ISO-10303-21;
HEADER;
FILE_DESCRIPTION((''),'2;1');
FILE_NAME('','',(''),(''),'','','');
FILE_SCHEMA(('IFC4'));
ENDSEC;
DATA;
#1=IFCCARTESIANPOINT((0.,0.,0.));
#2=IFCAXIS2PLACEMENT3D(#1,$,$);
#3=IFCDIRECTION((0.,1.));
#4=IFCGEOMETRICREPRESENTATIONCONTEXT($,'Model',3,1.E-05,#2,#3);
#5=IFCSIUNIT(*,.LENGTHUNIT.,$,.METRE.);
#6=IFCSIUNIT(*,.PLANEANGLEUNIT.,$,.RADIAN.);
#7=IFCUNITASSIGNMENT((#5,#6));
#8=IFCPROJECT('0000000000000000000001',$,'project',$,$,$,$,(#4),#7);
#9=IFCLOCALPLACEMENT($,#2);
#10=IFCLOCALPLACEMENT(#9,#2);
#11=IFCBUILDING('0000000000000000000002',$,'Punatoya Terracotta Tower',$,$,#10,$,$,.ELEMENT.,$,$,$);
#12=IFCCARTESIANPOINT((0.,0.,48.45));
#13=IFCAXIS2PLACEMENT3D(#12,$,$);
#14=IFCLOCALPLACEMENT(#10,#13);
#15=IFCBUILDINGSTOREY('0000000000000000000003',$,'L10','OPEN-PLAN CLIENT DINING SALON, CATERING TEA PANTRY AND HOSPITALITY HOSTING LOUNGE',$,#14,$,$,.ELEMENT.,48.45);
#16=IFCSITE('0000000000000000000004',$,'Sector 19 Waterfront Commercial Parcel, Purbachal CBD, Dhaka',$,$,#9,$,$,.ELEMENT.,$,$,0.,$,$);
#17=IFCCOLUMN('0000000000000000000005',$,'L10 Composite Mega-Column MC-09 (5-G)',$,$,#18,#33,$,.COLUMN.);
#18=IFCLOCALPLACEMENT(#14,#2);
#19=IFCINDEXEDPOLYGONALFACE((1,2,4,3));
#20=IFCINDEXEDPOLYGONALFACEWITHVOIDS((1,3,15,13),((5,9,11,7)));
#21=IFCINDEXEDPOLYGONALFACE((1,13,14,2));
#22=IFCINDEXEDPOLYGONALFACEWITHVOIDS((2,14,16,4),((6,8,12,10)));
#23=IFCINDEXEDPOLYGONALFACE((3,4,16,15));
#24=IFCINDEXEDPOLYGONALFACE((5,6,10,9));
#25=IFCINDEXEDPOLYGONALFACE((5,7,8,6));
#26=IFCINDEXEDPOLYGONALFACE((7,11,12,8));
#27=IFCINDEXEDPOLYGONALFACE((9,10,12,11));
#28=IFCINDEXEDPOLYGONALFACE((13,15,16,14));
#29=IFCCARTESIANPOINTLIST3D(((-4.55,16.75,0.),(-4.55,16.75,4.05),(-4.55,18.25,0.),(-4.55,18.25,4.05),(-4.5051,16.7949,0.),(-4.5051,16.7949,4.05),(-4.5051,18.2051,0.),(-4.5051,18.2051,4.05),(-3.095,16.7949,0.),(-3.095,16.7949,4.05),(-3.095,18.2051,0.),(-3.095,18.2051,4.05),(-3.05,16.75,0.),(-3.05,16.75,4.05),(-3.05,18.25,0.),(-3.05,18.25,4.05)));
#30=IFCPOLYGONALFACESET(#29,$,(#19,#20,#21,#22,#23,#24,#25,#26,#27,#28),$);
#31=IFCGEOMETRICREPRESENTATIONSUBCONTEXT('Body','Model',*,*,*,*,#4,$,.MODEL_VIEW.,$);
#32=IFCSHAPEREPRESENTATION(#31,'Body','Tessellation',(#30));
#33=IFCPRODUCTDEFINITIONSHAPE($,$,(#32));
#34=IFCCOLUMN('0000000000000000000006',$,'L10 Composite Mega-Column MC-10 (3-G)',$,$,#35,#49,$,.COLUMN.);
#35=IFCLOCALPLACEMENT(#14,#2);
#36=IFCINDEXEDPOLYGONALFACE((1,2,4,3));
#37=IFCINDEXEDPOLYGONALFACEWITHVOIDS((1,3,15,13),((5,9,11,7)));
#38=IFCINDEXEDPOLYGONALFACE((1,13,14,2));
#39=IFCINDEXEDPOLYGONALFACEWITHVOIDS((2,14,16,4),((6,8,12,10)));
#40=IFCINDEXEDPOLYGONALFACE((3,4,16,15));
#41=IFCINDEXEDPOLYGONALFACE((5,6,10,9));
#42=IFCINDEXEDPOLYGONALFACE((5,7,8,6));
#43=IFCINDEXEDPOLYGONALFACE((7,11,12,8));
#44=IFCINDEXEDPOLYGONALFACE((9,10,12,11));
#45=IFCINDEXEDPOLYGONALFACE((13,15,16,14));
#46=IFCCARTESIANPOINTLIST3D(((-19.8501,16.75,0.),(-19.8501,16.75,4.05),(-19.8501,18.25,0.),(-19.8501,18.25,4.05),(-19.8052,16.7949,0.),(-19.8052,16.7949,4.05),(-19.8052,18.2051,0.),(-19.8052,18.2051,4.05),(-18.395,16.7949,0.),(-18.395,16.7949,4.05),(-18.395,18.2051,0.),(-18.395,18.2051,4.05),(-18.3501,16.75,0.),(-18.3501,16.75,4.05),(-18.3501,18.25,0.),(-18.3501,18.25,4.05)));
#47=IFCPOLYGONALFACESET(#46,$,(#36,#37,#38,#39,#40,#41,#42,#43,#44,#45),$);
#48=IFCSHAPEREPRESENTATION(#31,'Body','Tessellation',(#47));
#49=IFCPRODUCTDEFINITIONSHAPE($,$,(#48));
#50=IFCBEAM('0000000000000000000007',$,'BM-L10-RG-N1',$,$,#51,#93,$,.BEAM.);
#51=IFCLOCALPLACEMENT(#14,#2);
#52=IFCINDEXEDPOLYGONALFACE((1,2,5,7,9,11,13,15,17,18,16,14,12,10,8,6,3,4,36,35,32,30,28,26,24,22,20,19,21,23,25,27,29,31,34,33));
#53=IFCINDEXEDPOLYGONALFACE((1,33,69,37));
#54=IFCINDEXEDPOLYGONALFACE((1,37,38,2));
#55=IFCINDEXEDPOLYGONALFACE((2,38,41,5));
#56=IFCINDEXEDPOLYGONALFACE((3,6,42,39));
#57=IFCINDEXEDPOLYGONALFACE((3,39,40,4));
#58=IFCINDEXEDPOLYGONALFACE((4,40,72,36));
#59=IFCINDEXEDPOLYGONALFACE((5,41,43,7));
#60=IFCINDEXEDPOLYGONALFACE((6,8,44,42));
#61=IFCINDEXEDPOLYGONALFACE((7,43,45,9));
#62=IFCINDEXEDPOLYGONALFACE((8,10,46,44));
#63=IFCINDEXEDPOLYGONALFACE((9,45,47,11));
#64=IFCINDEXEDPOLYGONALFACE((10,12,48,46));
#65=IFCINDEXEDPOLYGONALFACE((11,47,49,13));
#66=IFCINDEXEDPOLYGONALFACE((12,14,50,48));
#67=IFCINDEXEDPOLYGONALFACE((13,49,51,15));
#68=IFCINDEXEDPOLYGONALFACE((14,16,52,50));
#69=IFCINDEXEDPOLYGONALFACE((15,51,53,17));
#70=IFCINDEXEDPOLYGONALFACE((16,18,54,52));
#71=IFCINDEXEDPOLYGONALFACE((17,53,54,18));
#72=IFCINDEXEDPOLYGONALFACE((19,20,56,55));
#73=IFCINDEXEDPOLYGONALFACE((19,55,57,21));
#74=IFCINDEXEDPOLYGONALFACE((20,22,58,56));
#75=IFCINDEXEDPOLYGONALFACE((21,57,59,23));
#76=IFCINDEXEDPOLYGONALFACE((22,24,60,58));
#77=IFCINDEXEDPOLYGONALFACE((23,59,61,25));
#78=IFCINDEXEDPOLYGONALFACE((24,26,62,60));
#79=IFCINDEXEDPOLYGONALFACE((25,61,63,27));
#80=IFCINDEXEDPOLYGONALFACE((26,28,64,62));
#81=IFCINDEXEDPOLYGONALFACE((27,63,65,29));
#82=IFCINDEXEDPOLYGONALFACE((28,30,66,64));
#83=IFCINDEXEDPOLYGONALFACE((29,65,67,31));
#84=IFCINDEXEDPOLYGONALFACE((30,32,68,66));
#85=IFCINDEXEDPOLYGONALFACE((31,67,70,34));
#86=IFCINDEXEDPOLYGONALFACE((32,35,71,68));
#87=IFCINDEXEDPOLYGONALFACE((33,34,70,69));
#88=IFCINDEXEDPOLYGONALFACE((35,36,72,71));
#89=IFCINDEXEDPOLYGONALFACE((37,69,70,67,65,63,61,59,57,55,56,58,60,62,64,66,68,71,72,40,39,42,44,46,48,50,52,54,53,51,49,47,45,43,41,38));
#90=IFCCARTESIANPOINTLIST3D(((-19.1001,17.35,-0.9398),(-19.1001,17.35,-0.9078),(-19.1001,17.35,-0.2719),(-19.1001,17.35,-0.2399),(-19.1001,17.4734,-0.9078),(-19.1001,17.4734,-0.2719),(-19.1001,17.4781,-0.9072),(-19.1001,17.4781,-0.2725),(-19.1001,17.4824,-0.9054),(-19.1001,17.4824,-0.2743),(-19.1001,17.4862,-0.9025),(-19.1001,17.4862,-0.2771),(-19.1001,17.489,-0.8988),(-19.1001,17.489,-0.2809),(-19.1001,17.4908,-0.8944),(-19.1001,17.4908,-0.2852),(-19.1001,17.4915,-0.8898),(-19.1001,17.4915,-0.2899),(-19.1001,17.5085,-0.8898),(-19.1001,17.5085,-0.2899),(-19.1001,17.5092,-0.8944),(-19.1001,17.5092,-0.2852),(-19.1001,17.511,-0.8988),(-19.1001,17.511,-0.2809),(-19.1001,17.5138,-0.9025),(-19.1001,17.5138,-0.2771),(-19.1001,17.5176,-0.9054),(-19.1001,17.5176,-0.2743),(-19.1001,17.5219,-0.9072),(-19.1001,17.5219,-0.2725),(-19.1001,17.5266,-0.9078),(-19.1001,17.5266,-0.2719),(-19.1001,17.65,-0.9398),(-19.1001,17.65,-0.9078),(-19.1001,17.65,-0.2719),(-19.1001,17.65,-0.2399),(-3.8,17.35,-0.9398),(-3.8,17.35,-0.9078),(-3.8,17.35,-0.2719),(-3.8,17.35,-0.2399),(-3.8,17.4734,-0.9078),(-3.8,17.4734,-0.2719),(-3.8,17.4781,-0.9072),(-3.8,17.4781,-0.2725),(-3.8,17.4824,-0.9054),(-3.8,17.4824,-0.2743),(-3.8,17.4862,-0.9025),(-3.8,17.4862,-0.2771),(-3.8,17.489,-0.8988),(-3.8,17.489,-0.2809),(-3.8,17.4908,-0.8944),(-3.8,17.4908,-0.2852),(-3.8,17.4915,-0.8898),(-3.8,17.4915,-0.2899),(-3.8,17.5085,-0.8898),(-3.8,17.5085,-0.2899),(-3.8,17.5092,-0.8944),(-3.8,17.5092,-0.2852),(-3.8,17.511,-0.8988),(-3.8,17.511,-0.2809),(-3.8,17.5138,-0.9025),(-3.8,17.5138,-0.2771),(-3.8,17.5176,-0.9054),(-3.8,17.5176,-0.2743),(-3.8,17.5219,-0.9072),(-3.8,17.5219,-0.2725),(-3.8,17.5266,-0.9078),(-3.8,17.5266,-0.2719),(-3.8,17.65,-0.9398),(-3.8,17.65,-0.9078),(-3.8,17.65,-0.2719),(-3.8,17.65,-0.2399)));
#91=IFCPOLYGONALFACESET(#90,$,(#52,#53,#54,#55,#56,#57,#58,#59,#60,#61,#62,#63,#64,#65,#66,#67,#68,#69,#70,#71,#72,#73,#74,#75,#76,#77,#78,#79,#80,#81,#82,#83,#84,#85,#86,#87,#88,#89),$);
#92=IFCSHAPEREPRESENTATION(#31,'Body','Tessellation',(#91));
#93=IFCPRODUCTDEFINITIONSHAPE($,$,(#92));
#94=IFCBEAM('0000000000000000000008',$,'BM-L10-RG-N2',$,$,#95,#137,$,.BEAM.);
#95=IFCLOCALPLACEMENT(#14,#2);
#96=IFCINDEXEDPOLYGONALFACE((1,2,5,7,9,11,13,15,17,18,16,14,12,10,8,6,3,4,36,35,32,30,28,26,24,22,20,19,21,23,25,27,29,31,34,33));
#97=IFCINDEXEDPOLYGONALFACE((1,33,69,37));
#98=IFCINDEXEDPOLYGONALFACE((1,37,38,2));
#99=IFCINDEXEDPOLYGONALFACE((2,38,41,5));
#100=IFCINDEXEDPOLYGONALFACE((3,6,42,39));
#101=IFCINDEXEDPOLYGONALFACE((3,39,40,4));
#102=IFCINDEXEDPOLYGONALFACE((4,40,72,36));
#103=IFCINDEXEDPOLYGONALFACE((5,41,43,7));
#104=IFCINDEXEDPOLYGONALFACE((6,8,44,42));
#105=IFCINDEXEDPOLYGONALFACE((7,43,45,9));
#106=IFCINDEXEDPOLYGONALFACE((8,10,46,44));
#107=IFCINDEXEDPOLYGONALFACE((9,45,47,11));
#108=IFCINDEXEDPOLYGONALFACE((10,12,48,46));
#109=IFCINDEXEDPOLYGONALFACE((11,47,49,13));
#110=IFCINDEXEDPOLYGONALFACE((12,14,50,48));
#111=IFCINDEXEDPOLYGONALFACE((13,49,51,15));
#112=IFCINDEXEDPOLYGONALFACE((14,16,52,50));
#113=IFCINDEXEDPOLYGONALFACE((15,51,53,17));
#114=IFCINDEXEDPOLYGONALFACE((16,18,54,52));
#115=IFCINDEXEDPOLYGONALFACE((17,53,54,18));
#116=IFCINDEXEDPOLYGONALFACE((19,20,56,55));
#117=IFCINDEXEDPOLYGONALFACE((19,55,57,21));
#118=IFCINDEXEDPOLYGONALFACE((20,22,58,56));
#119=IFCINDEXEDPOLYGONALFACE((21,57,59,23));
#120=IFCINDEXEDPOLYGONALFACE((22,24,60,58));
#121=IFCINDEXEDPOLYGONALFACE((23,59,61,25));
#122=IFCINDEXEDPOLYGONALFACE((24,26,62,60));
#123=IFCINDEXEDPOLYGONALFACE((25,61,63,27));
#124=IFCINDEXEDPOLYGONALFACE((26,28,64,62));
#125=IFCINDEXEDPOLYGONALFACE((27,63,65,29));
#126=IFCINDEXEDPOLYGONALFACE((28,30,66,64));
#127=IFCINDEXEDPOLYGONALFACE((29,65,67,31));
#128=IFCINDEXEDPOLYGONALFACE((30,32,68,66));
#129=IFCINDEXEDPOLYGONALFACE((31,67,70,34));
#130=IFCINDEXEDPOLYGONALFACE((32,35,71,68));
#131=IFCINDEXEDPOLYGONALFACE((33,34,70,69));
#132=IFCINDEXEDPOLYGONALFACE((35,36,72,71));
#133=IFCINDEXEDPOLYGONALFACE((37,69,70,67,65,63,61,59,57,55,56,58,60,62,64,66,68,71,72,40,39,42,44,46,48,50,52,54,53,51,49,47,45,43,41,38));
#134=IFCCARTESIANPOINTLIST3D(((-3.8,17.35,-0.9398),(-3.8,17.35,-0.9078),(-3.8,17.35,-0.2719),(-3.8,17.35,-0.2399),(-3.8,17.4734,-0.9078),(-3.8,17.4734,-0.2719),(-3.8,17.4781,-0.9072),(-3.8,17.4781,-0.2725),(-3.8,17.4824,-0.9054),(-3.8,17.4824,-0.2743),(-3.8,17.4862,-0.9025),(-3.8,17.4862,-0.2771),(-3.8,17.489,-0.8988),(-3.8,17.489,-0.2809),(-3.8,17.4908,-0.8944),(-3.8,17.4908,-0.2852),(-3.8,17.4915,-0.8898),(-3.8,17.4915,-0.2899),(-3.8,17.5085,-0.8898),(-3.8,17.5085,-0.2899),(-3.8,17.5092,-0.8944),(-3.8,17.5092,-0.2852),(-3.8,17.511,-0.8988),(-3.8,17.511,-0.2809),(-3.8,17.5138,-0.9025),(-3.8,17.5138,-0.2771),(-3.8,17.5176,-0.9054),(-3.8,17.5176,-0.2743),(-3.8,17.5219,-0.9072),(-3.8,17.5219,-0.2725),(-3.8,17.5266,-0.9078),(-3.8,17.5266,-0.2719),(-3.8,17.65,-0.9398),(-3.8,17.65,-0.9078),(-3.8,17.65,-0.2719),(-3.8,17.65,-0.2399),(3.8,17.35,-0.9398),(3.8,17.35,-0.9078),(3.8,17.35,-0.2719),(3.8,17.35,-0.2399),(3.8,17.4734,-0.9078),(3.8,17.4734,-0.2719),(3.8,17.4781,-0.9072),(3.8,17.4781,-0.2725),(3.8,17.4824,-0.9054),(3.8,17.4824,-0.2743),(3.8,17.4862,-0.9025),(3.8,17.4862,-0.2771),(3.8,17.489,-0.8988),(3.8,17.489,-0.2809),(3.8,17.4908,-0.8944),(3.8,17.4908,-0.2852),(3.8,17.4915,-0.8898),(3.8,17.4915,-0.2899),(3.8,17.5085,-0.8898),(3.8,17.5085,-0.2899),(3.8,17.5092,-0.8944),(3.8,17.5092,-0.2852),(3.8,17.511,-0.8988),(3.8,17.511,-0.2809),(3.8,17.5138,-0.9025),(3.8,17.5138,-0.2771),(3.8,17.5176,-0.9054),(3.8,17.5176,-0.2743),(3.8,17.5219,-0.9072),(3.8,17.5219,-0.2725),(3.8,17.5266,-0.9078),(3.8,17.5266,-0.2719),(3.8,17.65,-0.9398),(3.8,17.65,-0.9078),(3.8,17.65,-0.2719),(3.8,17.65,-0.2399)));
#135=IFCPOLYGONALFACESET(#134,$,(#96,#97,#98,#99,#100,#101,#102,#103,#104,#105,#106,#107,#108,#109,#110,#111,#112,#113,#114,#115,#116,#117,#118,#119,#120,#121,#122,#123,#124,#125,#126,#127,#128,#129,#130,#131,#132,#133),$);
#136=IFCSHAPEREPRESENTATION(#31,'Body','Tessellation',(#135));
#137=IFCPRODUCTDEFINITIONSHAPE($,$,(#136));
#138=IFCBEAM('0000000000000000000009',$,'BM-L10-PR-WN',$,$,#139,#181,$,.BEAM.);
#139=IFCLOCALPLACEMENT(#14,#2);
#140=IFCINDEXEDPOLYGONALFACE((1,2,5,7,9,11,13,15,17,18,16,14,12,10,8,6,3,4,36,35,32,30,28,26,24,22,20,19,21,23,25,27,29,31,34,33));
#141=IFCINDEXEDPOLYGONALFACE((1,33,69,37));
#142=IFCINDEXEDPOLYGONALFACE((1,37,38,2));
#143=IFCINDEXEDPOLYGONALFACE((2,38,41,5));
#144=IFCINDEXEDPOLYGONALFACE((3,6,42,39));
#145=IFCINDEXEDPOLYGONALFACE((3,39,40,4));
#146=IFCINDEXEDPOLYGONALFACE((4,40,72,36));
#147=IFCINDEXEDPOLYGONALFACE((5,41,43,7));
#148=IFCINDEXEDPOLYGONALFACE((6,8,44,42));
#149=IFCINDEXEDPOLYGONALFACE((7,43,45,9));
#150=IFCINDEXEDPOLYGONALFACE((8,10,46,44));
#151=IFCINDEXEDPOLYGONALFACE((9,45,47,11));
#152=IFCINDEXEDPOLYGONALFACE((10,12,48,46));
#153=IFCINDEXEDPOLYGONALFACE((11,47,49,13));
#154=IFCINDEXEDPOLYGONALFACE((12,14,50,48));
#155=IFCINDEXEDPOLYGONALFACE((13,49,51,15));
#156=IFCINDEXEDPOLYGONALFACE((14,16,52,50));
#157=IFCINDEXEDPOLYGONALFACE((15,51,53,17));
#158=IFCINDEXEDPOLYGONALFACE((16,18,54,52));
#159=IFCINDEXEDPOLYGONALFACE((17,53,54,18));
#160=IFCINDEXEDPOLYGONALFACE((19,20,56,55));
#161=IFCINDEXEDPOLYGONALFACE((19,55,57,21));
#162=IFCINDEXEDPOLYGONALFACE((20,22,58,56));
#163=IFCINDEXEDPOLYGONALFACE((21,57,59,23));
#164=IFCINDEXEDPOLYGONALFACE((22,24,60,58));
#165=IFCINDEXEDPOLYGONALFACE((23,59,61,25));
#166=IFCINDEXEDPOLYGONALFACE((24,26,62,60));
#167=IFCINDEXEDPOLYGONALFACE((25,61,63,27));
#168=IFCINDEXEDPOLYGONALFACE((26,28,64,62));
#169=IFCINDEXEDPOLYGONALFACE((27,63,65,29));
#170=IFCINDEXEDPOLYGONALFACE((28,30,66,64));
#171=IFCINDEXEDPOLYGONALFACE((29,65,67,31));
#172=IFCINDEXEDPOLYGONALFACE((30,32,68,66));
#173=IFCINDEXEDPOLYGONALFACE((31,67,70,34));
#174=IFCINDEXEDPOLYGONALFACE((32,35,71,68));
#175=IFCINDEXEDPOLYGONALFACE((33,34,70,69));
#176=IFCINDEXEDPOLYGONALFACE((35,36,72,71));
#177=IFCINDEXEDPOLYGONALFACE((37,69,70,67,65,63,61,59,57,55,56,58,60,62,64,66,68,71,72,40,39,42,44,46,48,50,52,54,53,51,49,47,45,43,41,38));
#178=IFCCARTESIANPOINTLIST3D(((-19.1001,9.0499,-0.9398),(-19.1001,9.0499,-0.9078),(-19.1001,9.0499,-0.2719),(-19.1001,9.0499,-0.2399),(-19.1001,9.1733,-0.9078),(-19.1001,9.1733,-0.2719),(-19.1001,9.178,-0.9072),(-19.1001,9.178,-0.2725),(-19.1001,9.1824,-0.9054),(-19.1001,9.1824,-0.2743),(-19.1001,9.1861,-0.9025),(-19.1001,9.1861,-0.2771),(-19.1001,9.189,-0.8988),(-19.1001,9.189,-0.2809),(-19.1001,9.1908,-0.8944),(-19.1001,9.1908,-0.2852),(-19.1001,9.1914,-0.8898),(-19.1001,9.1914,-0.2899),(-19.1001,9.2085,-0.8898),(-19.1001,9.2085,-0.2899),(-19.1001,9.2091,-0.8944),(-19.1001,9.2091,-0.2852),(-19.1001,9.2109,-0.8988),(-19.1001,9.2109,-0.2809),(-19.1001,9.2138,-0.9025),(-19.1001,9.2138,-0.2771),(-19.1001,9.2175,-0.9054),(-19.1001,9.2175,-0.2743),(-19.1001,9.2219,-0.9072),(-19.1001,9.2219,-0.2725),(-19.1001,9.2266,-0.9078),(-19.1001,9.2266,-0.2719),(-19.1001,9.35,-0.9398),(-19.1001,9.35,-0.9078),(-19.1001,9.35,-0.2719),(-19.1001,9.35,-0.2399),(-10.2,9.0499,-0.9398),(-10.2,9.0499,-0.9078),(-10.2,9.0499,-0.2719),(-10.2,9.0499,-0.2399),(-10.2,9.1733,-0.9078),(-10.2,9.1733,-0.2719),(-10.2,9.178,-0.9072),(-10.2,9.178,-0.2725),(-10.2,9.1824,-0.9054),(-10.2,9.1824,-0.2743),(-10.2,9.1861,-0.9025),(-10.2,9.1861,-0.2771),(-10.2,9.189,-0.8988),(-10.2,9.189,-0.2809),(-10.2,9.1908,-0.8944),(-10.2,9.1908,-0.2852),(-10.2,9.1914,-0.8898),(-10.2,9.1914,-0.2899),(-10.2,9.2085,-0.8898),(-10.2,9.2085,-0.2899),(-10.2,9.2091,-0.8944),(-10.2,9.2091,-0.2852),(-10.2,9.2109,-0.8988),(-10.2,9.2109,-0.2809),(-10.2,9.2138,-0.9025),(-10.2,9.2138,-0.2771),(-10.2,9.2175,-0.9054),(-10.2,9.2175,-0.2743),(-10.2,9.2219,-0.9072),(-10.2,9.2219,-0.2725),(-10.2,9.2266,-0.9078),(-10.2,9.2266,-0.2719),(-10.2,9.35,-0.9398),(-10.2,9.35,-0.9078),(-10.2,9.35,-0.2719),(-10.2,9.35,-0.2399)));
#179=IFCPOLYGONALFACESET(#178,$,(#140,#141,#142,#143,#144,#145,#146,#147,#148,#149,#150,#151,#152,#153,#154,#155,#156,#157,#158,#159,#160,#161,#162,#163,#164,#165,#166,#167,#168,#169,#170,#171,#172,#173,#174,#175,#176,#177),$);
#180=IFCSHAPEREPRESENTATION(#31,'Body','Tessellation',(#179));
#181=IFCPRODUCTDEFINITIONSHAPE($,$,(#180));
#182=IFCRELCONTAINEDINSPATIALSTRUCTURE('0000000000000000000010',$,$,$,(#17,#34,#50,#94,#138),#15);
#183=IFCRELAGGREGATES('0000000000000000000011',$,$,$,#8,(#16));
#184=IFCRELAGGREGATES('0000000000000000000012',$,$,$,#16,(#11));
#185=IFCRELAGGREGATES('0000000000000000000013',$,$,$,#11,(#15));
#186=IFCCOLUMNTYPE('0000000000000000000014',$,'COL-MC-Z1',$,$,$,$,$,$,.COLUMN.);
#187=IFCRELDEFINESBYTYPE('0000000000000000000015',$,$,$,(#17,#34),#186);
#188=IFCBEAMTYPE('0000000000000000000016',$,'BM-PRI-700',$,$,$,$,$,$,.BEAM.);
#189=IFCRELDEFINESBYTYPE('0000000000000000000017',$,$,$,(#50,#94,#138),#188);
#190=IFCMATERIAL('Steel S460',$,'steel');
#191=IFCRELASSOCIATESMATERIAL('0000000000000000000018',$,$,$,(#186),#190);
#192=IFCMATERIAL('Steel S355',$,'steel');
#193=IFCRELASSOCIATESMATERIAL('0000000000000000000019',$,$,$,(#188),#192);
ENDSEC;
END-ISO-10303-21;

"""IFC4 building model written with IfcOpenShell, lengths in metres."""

from ifc_helpers import new_model, si_unit, direction, frame, origin, origin_2d, place, context, subcontext, project, spatial, hollow_rectangle, i_section, extrude, material, material_profile, profile_set, type_object, element, save


model = new_model("IFC4")

# Units and contexts
model_context = context("Model", 3, precision=1e-05, world=origin(), true_north=direction((0.0, 1.0)))
body_context = subcontext(model_context, "Body", "Model", "MODEL_VIEW")
ifc_project = project(units=[si_unit("LENGTHUNIT", "METRE"), si_unit("PLANEANGLEUNIT", "RADIAN")], contexts=[model_context])

# Site, building, storey
site_placement = place(None, origin())
site = spatial("IfcSite", under=ifc_project, at=site_placement, Name="Sector 19 Waterfront Commercial Parcel, Purbachal CBD, Dhaka", CompositionType="ELEMENT", RefElevation=0.0)
building_placement = place(site_placement, origin())
building = spatial("IfcBuilding", under=site, at=building_placement, Name="Punatoya Terracotta Tower", CompositionType="ELEMENT")
storey_placement = place(building_placement, frame((0.0, 0.0, 48.45)))
storey = spatial("IfcBuildingStorey", under=building, at=storey_placement, Name="L10", Description="OPEN-PLAN CLIENT DINING SALON, CATERING TEA PANTRY AND HOSPITALITY HOSTING LOUNGE", CompositionType="ELEMENT", Elevation=48.45)

# Columns
ifc_material_1 = material(Name="Steel S460", Category="steel")
ifc_material_profile_1 = material_profile(ifc_material_1, hollow_rectangle(XDim=1.5, YDim=1.5, WallThickness=0.0449, at=origin_2d()))
ifc_profile_set_1 = profile_set([ifc_material_profile_1], Name="Steel S460")
column_type = type_object("IfcColumnType", Name="COL-MC-Z1", PredefinedType="COLUMN", material=ifc_profile_set_1)
for number, where, z_axis, x_axis, name in (
    (1, (-3.8, 17.5, 0.0), (0.0, 0.0, 1.0), (1.0, 0.0, 0.0), "L10 Composite Mega-Column MC-09 (5-G)"),
    (2, (-19.1001, 17.5, 0.0), (0.0, 0.0, 1.0), (1.0, 0.0, 0.0), "L10 Composite Mega-Column MC-10 (3-G)"),
):
    element("IfcColumn", number, at=place(storey_placement, frame(where, z_axis=z_axis, x_axis=x_axis)), inside=storey, type_object=column_type, Name=name, PredefinedType="COLUMN", context=body_context, shape_type="SweptSolid", body=[
        extrude(hollow_rectangle(XDim=1.5, YDim=1.5, WallThickness=0.0449, at=origin_2d()), origin(), (0.0, 0.0, 1.0), 4.05),
    ])

# Beams
ifc_material_2 = material(Name="Steel S355", Category="steel")
ifc_material_profile_2 = material_profile(ifc_material_2, i_section(OverallWidth=0.3, OverallDepth=0.7, WebThickness=0.0171, FlangeThickness=0.032, FilletRadius=0.0181, at=origin_2d()))
ifc_profile_set_2 = profile_set([ifc_material_profile_2], Name="Steel S355")
beam_type_1 = type_object("IfcBeamType", Name="BM-PRI-700", PredefinedType="BEAM", material=ifc_profile_set_2)
beam_1_placement = place(storey_placement, frame((-19.1001, 17.5, -0.5898), z_axis=(1.0, 0.0, 0.0), x_axis=(0.0, 1.0, 0.0)))
element("IfcBeam", 3, at=beam_1_placement, inside=storey, type_object=beam_type_1, Name="BM-L10-RG-N1", PredefinedType="BEAM", context=body_context, shape_type="SweptSolid", body=[
    extrude(i_section(OverallWidth=0.3, OverallDepth=0.7, WebThickness=0.0171, FlangeThickness=0.032, FilletRadius=0.0181, at=origin_2d()), origin(), (0.0, 0.0, 1.0), 15.3),
])
beam_2_placement = place(storey_placement, frame((-3.8, 17.5, -0.5898), z_axis=(1.0, 0.0, 0.0), x_axis=(0.0, 1.0, 0.0)))
element("IfcBeam", 4, at=beam_2_placement, inside=storey, type_object=beam_type_1, Name="BM-L10-RG-N2", PredefinedType="BEAM", context=body_context, shape_type="SweptSolid", body=[
    extrude(i_section(OverallWidth=0.3, OverallDepth=0.7, WebThickness=0.0171, FlangeThickness=0.032, FilletRadius=0.0181, at=origin_2d()), origin(), (0.0, 0.0, 1.0), 7.6001),
])
beam_3_placement = place(storey_placement, frame((-19.1001, 9.2, -0.5898), z_axis=(1.0, 0.0, 0.0), x_axis=(0.0, 1.0, 0.0)))
element("IfcBeam", 5, at=beam_3_placement, inside=storey, type_object=beam_type_1, Name="BM-L10-PR-WN", PredefinedType="BEAM", context=body_context, shape_type="SweptSolid", body=[
    extrude(i_section(OverallWidth=0.3, OverallDepth=0.7, WebThickness=0.0171, FlangeThickness=0.032, FilletRadius=0.0181, at=origin_2d()), origin(), (0.0, 0.0, 1.0), 8.9001),
])

save(model, "model.ifc")
